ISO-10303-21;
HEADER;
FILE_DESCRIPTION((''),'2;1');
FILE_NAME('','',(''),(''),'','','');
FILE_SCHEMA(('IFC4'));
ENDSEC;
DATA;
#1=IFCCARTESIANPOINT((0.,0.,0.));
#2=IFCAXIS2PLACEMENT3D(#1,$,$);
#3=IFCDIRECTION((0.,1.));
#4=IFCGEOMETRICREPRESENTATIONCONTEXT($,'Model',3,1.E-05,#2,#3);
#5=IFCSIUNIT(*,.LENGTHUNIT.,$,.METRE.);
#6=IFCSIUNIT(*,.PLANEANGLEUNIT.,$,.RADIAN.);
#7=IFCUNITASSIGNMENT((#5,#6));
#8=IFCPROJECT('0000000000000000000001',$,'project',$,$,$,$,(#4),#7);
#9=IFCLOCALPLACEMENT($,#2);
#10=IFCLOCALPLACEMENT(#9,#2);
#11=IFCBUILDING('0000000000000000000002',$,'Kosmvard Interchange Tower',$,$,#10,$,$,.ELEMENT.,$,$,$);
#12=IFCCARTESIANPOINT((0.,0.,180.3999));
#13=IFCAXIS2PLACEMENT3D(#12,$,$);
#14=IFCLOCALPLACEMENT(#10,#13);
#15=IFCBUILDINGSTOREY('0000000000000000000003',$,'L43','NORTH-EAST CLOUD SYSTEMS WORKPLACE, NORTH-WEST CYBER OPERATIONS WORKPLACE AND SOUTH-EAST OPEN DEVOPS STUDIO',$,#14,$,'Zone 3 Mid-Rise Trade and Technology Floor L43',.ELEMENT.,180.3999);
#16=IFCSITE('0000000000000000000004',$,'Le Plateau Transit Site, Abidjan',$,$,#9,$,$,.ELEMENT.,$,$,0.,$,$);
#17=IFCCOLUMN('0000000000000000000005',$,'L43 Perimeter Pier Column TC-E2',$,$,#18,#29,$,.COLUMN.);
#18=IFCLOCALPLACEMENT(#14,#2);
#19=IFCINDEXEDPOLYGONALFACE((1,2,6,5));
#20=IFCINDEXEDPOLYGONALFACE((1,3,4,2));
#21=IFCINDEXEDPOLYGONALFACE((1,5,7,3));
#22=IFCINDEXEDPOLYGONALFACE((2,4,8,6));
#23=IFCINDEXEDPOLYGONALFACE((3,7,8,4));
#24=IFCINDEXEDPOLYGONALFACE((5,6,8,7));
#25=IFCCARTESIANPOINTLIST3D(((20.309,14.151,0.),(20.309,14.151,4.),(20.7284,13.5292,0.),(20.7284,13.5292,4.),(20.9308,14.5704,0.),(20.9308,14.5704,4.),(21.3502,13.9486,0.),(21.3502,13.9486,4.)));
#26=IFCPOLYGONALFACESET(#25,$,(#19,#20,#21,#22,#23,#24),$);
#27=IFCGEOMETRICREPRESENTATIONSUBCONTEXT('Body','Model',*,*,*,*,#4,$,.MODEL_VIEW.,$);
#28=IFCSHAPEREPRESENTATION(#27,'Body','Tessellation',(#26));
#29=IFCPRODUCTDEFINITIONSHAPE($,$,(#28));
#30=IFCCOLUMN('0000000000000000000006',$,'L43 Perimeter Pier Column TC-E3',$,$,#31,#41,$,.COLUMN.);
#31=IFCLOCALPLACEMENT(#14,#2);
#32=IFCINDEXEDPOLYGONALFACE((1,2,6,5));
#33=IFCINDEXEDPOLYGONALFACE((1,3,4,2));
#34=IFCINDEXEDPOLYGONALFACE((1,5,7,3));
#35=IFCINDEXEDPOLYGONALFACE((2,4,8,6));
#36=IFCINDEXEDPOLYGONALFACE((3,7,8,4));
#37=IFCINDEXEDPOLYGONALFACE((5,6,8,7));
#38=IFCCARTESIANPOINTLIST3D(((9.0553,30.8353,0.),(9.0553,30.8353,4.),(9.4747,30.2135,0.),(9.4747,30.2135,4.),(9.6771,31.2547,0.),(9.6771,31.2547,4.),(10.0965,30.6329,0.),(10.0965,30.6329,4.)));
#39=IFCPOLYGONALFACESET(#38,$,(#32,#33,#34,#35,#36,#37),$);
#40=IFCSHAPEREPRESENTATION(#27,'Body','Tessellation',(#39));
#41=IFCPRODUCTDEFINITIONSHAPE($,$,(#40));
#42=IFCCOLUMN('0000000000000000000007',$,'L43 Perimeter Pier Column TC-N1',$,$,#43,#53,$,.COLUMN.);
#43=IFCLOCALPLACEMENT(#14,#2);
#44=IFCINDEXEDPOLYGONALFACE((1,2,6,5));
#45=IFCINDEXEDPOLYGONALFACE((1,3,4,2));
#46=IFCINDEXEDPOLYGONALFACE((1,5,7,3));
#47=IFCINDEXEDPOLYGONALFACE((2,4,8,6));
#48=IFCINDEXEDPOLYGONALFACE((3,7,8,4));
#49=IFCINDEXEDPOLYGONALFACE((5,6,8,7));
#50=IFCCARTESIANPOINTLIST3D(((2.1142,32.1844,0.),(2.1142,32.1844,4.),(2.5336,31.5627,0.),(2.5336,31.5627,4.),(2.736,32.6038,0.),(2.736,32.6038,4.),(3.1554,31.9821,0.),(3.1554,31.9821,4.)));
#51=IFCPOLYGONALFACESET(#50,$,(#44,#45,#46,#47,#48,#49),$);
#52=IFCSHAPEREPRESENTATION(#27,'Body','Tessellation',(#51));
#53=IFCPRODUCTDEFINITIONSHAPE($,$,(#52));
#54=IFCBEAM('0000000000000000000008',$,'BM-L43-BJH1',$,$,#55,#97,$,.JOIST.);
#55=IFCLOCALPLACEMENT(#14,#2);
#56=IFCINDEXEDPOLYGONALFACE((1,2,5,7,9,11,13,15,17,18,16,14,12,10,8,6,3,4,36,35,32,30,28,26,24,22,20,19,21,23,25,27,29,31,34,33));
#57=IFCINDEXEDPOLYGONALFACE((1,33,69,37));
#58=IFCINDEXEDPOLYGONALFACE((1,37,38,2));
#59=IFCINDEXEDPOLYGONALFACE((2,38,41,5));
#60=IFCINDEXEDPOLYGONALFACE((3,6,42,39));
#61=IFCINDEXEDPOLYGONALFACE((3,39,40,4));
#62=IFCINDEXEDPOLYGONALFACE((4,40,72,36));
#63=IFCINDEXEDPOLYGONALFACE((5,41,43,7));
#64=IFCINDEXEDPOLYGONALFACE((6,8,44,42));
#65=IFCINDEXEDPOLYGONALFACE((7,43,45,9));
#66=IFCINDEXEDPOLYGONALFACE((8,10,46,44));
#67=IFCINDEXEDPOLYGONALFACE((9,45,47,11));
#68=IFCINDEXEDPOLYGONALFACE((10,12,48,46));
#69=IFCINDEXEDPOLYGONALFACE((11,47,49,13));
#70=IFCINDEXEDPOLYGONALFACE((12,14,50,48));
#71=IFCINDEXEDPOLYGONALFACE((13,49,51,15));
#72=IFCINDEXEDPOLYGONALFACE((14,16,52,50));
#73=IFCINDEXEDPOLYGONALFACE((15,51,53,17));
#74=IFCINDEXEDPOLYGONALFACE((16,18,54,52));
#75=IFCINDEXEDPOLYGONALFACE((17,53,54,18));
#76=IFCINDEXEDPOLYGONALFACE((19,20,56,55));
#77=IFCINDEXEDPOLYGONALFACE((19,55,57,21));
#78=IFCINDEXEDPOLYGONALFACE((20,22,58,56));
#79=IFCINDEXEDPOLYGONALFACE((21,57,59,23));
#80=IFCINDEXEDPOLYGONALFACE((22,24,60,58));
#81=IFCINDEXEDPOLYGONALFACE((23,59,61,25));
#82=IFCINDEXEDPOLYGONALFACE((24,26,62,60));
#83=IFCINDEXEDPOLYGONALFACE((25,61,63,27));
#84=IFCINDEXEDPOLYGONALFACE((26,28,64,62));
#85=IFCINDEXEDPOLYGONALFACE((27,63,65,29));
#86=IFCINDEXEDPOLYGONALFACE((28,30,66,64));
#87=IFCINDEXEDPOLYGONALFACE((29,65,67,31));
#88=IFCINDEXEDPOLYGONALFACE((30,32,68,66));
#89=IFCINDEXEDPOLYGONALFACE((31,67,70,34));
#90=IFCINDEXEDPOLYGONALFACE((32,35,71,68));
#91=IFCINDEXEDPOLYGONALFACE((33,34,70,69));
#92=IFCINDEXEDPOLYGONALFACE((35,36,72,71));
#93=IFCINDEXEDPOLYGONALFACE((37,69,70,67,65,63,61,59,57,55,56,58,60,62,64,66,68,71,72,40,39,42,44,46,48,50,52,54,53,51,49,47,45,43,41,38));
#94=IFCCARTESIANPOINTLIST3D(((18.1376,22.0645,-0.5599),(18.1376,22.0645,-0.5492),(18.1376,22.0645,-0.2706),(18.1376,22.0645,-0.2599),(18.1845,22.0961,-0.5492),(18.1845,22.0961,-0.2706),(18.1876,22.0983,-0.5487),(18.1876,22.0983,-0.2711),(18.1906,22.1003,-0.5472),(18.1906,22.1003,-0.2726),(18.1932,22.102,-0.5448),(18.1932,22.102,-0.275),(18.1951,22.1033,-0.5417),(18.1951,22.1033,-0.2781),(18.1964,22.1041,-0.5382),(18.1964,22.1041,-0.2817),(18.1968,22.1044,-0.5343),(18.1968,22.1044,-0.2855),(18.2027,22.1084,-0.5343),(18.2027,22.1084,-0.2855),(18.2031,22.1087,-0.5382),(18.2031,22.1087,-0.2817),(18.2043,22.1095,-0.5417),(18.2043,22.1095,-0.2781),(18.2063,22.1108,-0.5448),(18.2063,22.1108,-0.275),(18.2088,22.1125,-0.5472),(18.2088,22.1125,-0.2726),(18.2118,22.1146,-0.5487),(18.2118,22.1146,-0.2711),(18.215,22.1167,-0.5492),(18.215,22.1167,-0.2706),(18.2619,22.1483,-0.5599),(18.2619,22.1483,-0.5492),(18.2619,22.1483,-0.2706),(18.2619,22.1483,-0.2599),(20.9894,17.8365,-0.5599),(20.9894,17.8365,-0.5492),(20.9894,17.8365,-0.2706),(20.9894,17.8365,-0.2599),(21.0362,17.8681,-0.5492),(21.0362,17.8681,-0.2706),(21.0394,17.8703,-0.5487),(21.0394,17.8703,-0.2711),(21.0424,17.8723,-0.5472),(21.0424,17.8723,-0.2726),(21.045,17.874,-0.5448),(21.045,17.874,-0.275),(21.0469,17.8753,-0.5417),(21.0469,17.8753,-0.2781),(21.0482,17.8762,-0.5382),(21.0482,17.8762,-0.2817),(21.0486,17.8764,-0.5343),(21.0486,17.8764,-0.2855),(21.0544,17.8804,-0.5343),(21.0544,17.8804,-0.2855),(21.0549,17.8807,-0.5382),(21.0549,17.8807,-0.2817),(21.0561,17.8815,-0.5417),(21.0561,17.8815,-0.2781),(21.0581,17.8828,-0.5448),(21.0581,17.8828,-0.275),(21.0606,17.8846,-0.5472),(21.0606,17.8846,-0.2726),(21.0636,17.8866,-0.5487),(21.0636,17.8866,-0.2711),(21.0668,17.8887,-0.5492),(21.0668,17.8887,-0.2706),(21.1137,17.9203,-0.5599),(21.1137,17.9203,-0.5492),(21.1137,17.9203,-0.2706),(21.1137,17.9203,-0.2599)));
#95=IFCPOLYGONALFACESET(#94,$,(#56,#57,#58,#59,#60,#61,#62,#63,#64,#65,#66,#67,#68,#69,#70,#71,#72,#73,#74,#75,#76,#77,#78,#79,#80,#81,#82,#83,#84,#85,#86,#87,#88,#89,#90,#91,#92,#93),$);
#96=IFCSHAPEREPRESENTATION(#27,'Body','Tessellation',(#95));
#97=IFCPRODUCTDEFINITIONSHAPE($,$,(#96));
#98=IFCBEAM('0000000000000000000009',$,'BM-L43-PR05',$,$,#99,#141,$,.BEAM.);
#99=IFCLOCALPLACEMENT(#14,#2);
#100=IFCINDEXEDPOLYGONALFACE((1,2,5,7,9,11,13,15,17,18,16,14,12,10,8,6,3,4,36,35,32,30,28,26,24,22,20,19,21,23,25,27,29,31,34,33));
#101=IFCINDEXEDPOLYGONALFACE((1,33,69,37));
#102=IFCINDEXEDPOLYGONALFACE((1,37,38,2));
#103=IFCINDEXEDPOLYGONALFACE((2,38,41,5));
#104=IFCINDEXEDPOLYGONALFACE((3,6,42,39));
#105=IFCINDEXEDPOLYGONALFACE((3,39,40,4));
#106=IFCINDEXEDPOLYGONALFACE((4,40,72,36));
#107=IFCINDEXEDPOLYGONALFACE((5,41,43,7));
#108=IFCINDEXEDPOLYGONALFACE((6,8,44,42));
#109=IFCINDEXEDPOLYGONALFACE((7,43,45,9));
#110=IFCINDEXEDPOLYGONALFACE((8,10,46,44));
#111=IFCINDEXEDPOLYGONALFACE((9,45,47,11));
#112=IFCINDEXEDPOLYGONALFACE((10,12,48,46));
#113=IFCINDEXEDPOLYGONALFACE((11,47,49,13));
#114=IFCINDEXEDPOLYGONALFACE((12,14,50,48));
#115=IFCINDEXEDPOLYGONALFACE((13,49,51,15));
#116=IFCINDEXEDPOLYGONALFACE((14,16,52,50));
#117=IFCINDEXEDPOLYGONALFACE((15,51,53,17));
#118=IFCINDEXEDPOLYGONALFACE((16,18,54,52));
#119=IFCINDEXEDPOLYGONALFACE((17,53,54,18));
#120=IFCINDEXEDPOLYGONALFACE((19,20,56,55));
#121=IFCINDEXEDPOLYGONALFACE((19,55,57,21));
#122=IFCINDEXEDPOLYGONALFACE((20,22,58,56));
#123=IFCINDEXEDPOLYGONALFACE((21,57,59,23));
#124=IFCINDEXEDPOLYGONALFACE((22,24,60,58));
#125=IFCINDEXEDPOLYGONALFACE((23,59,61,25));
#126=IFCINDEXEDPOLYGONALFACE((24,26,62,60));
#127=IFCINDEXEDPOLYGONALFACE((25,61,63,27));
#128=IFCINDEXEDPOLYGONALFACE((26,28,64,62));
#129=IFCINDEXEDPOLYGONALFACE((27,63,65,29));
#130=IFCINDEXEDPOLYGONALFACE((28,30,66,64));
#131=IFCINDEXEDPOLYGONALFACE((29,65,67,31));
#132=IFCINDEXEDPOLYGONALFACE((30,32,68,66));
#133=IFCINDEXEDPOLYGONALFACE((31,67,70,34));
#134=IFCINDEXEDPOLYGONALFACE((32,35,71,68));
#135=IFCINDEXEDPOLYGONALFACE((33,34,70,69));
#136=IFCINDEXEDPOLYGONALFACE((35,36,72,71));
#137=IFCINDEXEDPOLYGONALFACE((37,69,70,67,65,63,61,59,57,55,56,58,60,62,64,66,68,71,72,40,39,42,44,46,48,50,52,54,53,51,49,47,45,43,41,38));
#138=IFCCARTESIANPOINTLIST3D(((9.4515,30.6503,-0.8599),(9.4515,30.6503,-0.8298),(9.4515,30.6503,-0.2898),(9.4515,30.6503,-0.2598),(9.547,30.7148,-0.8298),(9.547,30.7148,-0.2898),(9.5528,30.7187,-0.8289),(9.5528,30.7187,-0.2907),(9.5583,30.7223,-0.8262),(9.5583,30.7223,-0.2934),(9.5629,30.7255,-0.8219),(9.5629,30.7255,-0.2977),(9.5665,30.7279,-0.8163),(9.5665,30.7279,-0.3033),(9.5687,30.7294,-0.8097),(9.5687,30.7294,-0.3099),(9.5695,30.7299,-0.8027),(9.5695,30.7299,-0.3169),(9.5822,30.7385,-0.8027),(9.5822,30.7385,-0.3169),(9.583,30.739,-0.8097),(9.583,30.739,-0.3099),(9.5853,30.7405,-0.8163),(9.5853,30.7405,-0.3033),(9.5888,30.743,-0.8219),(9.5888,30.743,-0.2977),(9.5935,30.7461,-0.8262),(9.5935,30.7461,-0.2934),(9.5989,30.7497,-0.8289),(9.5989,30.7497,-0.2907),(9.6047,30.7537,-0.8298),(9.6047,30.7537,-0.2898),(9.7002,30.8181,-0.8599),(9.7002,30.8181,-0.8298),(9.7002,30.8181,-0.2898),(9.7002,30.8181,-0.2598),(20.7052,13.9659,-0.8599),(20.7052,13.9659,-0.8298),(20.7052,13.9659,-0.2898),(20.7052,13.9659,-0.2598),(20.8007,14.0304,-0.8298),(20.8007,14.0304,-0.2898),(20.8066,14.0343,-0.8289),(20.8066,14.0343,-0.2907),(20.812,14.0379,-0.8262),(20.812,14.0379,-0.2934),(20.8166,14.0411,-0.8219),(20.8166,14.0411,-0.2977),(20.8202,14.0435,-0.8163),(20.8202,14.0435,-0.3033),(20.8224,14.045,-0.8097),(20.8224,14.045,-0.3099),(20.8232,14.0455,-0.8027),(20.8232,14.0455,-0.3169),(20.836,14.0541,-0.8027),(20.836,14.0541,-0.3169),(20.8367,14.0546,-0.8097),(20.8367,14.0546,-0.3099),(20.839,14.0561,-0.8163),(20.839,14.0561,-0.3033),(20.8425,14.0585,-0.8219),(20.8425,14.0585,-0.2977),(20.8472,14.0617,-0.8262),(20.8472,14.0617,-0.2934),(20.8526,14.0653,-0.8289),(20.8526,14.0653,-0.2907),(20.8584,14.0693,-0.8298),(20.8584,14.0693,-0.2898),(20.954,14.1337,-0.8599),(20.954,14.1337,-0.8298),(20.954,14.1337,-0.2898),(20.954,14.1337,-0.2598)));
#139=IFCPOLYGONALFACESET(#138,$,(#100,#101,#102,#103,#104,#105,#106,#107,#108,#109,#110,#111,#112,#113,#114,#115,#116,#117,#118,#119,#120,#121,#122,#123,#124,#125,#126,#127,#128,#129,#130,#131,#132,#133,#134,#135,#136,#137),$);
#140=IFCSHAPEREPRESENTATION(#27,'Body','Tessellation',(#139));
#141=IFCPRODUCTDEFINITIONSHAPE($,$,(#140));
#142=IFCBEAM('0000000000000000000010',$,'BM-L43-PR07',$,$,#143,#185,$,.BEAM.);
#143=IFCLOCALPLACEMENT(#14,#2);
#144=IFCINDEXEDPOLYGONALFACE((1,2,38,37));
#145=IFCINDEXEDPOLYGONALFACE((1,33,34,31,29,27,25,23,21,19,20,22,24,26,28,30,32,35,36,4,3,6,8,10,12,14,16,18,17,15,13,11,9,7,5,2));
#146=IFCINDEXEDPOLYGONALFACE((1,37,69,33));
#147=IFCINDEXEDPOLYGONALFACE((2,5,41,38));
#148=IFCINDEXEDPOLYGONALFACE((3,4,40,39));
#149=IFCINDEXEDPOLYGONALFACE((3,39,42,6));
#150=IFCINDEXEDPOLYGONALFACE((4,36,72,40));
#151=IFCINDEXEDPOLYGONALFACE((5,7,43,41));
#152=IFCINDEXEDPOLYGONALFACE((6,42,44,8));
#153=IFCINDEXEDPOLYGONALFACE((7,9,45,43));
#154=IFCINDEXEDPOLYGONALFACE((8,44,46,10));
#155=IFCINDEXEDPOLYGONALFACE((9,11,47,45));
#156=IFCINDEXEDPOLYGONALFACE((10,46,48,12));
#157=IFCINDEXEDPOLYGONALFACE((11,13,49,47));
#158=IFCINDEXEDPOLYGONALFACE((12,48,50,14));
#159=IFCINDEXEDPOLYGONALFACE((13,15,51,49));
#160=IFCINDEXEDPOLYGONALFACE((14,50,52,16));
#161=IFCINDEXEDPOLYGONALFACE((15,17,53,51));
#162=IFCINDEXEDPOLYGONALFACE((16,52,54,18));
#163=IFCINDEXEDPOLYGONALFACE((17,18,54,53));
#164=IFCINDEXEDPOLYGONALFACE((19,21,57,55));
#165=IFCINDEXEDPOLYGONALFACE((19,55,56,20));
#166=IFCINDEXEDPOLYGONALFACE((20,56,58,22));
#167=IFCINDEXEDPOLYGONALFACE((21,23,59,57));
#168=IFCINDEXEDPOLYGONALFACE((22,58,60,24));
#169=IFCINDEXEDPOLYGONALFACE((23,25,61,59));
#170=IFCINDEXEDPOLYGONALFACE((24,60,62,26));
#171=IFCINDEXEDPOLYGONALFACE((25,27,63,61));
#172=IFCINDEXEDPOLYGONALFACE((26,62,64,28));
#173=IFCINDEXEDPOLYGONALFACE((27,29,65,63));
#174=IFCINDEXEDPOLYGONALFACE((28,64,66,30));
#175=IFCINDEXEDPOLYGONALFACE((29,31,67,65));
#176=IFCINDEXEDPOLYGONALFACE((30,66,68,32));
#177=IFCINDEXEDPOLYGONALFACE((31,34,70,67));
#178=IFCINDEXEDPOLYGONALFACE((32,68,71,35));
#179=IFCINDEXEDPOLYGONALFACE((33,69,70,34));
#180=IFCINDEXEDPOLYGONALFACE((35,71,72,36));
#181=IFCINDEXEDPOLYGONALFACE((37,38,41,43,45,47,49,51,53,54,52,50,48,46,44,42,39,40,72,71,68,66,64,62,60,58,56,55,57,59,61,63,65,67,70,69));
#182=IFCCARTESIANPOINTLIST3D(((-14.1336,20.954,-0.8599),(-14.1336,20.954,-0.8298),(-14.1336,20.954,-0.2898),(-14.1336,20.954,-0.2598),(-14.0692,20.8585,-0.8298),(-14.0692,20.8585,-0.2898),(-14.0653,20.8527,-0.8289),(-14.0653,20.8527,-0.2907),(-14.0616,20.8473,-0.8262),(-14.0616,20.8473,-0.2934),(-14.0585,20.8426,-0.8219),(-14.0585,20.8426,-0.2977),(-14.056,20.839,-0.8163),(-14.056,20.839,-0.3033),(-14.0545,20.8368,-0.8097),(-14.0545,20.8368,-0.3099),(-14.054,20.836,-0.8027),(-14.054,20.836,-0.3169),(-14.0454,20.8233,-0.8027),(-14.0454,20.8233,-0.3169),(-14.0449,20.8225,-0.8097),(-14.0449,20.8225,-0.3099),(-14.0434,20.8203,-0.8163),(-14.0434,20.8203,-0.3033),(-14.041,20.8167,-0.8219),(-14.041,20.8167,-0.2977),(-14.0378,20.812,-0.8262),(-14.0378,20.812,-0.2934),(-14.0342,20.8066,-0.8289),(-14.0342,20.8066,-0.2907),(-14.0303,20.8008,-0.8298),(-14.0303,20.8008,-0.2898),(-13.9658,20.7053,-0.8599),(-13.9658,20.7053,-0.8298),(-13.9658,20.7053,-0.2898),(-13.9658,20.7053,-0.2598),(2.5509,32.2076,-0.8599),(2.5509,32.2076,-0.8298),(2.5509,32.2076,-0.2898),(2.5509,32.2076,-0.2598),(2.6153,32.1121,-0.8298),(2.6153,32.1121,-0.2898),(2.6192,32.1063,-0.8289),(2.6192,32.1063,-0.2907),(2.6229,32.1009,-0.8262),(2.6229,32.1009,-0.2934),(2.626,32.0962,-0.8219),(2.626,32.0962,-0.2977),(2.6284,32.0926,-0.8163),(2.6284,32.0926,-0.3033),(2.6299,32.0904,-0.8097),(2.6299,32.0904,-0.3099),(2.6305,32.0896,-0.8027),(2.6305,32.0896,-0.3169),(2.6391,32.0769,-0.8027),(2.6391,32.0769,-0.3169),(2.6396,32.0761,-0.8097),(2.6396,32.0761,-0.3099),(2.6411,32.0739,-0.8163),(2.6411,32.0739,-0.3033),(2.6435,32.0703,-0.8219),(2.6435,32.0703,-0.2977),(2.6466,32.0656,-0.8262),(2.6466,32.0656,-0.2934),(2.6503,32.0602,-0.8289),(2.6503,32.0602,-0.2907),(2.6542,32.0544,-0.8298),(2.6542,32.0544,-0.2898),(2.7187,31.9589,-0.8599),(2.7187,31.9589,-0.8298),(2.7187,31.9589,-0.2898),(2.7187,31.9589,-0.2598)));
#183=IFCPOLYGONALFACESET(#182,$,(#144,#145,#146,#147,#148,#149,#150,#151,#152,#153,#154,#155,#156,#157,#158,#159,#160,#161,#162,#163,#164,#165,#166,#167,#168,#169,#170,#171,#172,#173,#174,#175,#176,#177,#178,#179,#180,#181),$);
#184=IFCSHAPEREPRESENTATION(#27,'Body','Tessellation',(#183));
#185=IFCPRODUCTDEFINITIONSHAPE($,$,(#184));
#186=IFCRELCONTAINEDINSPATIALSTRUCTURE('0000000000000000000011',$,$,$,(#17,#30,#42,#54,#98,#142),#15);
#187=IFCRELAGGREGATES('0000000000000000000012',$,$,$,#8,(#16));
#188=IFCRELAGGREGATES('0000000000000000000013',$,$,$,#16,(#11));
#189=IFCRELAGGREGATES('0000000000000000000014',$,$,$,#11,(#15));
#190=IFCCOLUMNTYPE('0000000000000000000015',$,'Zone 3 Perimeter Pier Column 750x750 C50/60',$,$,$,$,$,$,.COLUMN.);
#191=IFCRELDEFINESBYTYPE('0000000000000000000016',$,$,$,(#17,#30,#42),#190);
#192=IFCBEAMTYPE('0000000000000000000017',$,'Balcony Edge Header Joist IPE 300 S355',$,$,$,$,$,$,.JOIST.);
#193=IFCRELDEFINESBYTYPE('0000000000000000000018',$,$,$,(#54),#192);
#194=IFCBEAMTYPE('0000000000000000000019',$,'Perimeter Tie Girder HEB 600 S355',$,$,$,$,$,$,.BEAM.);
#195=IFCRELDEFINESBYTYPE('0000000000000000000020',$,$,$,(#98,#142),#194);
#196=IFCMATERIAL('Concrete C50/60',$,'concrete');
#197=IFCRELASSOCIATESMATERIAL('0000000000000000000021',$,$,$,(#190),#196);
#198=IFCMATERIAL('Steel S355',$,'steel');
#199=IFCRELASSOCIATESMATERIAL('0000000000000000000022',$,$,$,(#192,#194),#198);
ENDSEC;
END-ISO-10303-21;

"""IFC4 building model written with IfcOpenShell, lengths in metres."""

from ifc_helpers import new_model, si_unit, direction, frame, origin, origin_2d, place, context, subcontext, project, spatial, rectangle, i_section, extrude, source, transform, mapped, material, material_profile, profile_set, type_object, element, save


model = new_model("IFC4")

# Units and contexts
model_context = context("Model", 3, precision=1e-05, world=origin(), true_north=direction((0.0, 1.0)))
body_context = subcontext(model_context, "Body", "Model", "MODEL_VIEW")
ifc_project = project(units=[si_unit("LENGTHUNIT", "METRE"), si_unit("PLANEANGLEUNIT", "RADIAN")], contexts=[model_context])

# Site, building, storey
site_placement = place(None, origin())
site = spatial("IfcSite", under=ifc_project, at=site_placement, Name="Le Plateau Transit Site, Abidjan", CompositionType="ELEMENT", RefElevation=0.0)
building_placement = place(site_placement, origin())
building = spatial("IfcBuilding", under=site, at=building_placement, Name="Kosmvard Interchange Tower", CompositionType="ELEMENT")
storey_placement = place(building_placement, frame((0.0, 0.0, 180.3999)))
storey = spatial("IfcBuildingStorey", under=building, at=storey_placement, Name="L43", Description="NORTH-EAST CLOUD SYSTEMS WORKPLACE, NORTH-WEST CYBER OPERATIONS WORKPLACE AND SOUTH-EAST OPEN DEVOPS STUDIO", LongName="Zone 3 Mid-Rise Trade and Technology Floor L43", CompositionType="ELEMENT", Elevation=180.3999)

# Columns
ifc_material_1 = material(Name="Concrete C50/60", Category="concrete")
ifc_material_profile_1 = material_profile(ifc_material_1, rectangle(XDim=0.75, YDim=0.75, at=origin_2d()), Name="TC 750x750")
ifc_profile_set_1 = profile_set([ifc_material_profile_1], Name="Concrete C50/60")
column_type = type_object("IfcColumnType", Name="Zone 3 Perimeter Pier Column 750x750 C50/60", PredefinedType="COLUMN", material=ifc_profile_set_1)
shared_shape_1 = source(origin(), body_context, "Body", "SweptSolid", [
    extrude(rectangle(XDim=0.75, YDim=0.75, at=origin_2d()), origin(), (0.0, 0.0, 1.0), 4.0),
])
for number, where, z_axis, x_axis, name in (
    (1, (20.8296, 14.0498, 0.0), (0.0, 0.0, 1.0), (0.829038, 0.559193, 0.0), "L43 Perimeter Pier Column TC-E2"),
    (2, (9.5759, 30.7341, 0.0), (0.0, 0.0, 1.0), (0.829038, 0.559193, 0.0), "L43 Perimeter Pier Column TC-E3"),
    (3, (2.6348, 32.0833, 0.0), (0.0, 0.0, 1.0), (0.829038, 0.559193, 0.0), "L43 Perimeter Pier Column TC-N1"),
):
    element("IfcColumn", number, at=place(storey_placement, frame(where, z_axis=z_axis, x_axis=x_axis)), inside=storey, type_object=column_type, Name=name, PredefinedType="COLUMN", context=body_context, shape_type="MappedRepresentation", body=[
        mapped(shared_shape_1, transform((0.0, 0.0, 0.0), scale=1.0)),
    ])

# Beams
ifc_material_2 = material(Name="Steel S355", Category="steel")
ifc_material_profile_2 = material_profile(ifc_material_2, i_section(OverallWidth=0.1499, OverallDepth=0.3, WebThickness=0.0071, FlangeThickness=0.0107, FilletRadius=0.0149, at=origin_2d()), Name="IPE 300")
ifc_profile_set_2 = profile_set([ifc_material_profile_2], Name="Steel S355")
beam_type_1 = type_object("IfcBeamType", Name="Balcony Edge Header Joist IPE 300 S355", PredefinedType="JOIST", material=ifc_profile_set_2)
shared_shape_2 = source(origin(), body_context, "Body", "SweptSolid", [
    extrude(i_section(OverallWidth=0.1499, OverallDepth=0.3, WebThickness=0.0071, FlangeThickness=0.0107, FilletRadius=0.0149, at=origin_2d()), origin(), (0.0, 0.0, 1.0), 5.0999),
])
beam_1_placement = place(storey_placement, frame((21.0515, 17.8784, -0.4099), z_axis=(-0.559188, 0.829041, 0.0), x_axis=(-0.829041, -0.559188, 0.0)))
element("IfcBeam", 4, at=beam_1_placement, inside=storey, type_object=beam_type_1, Name="BM-L43-BJH1", PredefinedType="JOIST", context=body_context, shape_type="MappedRepresentation", body=[
    mapped(shared_shape_2, transform((0.0, 0.0, 0.0), scale=1.0)),
])
ifc_material_profile_3 = material_profile(ifc_material_2, i_section(OverallWidth=0.3, OverallDepth=0.6001, WebThickness=0.0154, FlangeThickness=0.03, FilletRadius=0.0271, at=origin_2d()), Name="HEB 600")
ifc_profile_set_3 = profile_set([ifc_material_profile_3], Name="Steel S355")
beam_type_2 = type_object("IfcBeamType", Name="Perimeter Tie Girder HEB 600 S355", PredefinedType="BEAM", material=ifc_profile_set_3)
shared_shape_3 = source(origin(), body_context, "Body", "SweptSolid", [
    extrude(i_section(OverallWidth=0.3, OverallDepth=0.6001, WebThickness=0.0154, FlangeThickness=0.03, FilletRadius=0.0271, at=origin_2d()), origin(), (0.0, 0.0, 1.0), 20.125),
])
for number, where, z_axis, x_axis, name in (
    (5, (20.8296, 14.0498, -0.5598), (-0.559191, 0.829039, 0.0), (-0.829039, -0.559191, 0.0), "BM-L43-PR05"),
    (6, (2.6348, 32.0833, -0.5598), (-0.829043, -0.559185, 0.0), (0.559185, -0.829043, 0.0), "BM-L43-PR07"),
):
    element("IfcBeam", number, at=place(storey_placement, frame(where, z_axis=z_axis, x_axis=x_axis)), inside=storey, type_object=beam_type_2, Name=name, PredefinedType="BEAM", context=body_context, shape_type="MappedRepresentation", body=[
        mapped(shared_shape_3, transform((0.0, 0.0, 0.0), scale=1.0)),
    ])

save(model, "model.ifc")
